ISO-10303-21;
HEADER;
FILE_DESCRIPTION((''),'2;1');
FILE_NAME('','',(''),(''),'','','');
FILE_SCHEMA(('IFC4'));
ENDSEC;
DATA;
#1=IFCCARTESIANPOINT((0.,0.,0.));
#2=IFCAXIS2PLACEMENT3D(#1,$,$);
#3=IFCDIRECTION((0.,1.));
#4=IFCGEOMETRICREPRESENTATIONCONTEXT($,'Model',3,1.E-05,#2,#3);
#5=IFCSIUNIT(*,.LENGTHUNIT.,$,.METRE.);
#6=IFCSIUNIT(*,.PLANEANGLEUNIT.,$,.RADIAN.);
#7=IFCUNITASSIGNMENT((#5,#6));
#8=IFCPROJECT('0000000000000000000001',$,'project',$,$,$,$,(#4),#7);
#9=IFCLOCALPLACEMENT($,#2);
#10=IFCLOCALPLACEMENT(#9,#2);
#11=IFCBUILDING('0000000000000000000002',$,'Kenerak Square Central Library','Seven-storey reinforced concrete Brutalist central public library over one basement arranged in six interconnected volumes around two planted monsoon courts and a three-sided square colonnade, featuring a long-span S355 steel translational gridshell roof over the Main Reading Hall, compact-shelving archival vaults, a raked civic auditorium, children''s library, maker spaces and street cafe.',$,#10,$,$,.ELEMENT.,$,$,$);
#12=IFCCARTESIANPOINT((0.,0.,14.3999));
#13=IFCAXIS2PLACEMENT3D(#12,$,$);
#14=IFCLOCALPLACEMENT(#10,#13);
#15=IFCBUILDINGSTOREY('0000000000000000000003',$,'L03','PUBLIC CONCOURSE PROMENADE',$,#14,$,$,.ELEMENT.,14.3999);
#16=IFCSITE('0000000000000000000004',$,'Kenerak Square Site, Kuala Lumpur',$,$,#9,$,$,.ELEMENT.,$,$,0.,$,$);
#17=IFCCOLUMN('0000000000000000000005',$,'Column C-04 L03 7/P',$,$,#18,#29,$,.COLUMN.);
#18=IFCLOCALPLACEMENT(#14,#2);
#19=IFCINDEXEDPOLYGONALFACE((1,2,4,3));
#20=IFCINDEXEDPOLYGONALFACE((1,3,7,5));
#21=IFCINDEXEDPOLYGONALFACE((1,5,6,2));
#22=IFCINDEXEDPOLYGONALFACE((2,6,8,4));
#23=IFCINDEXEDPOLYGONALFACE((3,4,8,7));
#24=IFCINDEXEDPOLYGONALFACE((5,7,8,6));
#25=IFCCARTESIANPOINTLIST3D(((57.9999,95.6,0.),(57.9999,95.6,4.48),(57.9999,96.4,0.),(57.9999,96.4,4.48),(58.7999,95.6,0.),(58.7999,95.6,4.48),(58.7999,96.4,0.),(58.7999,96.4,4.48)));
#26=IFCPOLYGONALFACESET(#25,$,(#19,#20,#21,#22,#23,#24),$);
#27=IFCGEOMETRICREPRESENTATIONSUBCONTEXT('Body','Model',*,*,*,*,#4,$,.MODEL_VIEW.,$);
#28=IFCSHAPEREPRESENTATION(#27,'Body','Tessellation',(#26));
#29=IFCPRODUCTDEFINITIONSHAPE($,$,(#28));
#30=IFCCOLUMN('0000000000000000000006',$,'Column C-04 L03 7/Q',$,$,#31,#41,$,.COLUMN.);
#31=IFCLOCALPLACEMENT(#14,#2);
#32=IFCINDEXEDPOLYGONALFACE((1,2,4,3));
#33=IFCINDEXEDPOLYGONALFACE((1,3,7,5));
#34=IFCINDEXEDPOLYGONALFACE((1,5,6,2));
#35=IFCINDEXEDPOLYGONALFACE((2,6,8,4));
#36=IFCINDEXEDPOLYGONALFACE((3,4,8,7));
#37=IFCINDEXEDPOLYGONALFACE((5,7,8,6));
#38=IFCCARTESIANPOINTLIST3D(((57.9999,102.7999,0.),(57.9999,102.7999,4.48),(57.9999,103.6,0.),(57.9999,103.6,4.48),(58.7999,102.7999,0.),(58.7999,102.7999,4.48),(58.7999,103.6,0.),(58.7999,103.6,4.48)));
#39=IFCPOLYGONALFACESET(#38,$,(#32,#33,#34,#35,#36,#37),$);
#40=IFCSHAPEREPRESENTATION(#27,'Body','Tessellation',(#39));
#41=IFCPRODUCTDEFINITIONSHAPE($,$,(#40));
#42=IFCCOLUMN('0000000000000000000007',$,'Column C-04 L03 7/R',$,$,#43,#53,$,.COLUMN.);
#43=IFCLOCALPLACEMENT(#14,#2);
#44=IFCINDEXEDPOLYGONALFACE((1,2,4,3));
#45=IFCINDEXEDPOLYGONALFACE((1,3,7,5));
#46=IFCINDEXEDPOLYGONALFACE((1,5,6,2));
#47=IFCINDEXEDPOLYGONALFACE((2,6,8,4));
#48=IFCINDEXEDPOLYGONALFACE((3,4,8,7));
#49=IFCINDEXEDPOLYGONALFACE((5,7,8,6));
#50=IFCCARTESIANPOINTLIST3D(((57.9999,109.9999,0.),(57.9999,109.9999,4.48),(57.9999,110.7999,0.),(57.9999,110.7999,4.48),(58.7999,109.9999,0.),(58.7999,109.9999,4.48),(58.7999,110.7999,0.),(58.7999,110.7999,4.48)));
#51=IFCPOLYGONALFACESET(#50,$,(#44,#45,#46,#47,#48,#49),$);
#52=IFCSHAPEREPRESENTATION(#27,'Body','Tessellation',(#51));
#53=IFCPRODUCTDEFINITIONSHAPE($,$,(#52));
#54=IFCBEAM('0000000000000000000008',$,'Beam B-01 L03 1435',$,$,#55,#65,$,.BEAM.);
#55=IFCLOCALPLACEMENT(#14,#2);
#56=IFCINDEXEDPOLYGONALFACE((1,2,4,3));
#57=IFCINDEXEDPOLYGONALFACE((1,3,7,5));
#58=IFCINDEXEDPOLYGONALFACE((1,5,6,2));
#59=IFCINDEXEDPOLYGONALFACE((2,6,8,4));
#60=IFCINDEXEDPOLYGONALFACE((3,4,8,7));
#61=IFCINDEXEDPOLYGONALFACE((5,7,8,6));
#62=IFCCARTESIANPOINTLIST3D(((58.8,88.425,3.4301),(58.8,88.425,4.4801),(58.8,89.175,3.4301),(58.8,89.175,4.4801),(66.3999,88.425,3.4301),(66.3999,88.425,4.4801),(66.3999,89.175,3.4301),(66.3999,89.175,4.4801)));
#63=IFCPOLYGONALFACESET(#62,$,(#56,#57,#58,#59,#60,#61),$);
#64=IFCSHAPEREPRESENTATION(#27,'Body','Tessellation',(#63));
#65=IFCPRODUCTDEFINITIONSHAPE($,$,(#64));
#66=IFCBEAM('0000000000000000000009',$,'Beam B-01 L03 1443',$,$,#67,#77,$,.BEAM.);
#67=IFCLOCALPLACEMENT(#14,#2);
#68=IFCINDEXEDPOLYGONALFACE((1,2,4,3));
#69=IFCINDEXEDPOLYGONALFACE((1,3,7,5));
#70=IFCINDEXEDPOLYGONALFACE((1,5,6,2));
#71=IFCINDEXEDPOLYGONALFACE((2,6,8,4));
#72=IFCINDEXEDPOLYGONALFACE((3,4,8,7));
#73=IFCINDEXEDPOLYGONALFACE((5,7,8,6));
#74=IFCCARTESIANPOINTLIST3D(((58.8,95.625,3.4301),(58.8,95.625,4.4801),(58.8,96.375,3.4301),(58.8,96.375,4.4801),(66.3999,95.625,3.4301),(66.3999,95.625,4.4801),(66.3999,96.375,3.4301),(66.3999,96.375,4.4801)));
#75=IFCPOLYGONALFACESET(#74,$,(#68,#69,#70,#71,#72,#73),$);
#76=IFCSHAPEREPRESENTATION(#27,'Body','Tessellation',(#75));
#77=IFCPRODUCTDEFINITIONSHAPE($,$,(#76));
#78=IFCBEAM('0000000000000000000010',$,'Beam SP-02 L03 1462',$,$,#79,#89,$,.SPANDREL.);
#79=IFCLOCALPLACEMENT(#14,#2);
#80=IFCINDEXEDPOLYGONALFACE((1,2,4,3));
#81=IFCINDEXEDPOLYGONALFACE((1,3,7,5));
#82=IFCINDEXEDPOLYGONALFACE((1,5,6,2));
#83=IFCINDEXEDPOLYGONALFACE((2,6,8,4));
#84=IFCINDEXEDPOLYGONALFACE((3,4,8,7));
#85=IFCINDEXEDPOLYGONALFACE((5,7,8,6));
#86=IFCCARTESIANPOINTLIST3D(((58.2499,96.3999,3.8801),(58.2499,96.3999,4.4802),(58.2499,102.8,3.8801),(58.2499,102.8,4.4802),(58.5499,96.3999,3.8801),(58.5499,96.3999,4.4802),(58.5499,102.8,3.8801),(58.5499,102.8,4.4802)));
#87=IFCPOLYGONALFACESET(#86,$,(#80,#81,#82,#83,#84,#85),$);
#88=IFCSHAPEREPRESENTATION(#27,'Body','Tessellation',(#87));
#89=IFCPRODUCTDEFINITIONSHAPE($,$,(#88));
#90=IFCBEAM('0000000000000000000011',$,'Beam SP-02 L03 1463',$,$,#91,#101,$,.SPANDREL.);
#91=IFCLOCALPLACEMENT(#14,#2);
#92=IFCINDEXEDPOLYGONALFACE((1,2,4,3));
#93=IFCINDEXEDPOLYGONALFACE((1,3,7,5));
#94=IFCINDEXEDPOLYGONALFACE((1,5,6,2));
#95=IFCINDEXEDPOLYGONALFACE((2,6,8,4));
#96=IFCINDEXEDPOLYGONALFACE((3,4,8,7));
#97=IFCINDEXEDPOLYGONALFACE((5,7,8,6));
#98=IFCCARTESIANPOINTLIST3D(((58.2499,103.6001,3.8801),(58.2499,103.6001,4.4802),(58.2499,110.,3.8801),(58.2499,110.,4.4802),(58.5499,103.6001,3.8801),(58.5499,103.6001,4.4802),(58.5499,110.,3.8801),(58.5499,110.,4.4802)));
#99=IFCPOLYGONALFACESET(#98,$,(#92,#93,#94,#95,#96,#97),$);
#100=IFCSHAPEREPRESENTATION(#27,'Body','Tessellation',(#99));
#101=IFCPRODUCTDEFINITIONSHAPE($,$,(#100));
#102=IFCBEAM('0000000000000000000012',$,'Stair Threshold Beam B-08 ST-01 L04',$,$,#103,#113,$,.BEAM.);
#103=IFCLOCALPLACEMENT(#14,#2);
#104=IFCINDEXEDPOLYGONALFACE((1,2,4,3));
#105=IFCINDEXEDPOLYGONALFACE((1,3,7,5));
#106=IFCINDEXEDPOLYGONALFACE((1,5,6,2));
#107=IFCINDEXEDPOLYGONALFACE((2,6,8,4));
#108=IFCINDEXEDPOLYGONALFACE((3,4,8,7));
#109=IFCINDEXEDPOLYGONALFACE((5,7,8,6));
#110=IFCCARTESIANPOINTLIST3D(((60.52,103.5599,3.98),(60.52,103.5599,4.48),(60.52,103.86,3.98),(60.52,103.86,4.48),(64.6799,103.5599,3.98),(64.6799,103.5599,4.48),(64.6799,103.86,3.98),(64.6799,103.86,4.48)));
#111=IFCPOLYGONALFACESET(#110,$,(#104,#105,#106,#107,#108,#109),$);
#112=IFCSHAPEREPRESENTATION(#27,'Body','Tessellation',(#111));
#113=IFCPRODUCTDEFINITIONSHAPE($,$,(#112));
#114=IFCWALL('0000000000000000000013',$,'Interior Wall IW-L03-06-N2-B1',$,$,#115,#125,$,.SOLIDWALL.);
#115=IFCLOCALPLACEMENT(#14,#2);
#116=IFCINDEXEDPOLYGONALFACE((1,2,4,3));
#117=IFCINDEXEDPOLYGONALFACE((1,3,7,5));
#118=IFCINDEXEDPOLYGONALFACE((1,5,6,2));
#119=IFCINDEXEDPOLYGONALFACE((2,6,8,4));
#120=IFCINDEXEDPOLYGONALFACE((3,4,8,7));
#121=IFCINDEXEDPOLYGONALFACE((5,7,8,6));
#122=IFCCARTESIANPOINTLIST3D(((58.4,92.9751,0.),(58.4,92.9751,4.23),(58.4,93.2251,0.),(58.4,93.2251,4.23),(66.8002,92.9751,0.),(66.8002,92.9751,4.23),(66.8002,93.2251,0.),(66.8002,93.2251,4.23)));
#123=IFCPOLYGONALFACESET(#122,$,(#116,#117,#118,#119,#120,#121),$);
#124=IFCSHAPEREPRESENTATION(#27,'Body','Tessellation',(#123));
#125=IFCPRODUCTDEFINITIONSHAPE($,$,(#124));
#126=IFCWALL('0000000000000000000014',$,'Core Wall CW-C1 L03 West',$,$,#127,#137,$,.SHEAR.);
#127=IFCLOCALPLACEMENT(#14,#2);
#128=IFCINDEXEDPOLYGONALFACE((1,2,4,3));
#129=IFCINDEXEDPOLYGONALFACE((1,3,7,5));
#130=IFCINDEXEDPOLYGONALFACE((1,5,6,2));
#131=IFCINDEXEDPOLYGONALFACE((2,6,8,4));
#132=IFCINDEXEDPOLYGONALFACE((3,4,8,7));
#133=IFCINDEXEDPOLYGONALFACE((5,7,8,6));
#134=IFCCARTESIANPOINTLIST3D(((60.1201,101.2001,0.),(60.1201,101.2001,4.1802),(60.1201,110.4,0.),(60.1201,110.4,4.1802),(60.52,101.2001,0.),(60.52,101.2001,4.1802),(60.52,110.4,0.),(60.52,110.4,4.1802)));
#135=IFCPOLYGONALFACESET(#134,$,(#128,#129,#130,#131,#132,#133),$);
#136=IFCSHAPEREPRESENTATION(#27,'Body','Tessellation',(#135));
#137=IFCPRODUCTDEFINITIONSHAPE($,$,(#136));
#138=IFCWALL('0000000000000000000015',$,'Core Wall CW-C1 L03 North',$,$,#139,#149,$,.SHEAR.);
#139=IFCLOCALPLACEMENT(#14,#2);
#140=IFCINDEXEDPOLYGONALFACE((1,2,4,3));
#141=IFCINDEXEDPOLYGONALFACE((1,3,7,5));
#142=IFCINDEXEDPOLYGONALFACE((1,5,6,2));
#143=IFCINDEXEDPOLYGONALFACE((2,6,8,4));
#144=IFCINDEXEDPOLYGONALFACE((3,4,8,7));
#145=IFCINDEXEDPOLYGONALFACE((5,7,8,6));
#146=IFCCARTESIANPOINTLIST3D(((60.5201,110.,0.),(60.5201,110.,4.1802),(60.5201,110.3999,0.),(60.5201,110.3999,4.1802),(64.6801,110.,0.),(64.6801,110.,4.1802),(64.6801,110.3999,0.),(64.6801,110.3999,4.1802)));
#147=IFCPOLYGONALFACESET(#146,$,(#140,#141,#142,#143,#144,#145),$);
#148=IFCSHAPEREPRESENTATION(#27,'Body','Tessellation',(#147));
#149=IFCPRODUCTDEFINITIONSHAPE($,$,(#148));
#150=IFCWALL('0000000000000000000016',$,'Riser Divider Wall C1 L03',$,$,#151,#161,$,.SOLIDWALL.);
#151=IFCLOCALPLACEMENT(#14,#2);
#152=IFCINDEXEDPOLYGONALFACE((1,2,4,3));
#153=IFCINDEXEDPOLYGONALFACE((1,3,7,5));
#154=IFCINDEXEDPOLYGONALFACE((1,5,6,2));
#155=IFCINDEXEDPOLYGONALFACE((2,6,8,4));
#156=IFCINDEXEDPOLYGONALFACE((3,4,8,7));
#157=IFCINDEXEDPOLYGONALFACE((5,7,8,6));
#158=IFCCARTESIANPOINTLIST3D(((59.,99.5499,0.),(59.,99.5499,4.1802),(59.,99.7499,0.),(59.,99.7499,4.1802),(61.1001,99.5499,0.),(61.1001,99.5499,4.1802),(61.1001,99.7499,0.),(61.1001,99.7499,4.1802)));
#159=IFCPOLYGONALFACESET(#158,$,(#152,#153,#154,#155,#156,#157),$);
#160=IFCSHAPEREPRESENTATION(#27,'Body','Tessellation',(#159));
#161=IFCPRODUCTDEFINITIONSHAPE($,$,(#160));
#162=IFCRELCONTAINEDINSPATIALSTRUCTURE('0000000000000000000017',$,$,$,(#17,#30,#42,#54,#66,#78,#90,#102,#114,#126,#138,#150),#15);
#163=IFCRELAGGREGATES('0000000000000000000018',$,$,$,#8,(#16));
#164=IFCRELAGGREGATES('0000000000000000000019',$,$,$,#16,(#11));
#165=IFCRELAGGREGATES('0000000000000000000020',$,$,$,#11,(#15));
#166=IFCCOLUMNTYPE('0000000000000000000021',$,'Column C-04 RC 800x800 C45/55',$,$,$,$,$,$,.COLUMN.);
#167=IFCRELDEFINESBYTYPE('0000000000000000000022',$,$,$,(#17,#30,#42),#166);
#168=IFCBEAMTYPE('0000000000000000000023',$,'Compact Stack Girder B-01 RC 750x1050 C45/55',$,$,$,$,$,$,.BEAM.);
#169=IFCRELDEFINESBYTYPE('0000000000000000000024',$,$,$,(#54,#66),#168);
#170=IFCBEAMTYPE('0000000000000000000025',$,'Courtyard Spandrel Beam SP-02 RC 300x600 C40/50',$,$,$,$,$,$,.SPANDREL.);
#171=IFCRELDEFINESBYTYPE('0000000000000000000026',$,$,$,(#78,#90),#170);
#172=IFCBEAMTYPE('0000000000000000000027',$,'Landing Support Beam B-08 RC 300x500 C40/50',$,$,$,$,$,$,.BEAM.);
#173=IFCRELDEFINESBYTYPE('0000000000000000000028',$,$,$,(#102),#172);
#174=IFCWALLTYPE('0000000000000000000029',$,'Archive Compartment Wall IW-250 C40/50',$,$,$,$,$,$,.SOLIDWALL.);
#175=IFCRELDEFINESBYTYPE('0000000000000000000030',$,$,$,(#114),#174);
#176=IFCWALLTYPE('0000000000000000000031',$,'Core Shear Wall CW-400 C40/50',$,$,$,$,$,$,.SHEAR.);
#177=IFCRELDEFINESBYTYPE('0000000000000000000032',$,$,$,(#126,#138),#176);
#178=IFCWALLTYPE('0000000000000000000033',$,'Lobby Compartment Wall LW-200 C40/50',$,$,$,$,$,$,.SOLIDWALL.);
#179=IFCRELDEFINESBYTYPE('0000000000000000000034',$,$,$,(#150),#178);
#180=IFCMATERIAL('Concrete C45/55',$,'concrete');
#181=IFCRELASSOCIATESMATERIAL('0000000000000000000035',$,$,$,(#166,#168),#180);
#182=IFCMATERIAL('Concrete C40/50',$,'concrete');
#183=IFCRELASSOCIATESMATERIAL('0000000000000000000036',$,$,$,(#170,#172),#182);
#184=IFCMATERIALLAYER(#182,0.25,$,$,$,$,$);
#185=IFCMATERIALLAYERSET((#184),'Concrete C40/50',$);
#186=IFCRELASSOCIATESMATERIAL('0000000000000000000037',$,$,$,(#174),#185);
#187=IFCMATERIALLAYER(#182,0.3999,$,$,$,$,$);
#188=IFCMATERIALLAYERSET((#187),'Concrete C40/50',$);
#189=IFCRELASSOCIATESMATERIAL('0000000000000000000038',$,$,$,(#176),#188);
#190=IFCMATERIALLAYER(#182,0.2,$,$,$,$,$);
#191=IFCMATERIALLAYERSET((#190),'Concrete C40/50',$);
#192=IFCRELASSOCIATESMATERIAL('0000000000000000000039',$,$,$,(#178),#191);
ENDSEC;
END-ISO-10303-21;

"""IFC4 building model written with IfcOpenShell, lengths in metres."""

from ifc_helpers import new_model, si_unit, direction, frame, frame_2d, origin, origin_2d, place, context, subcontext, project, spatial, rectangle, extrude, material, layer, layer_set, material_profile, profile_set, type_object, element, save


model = new_model("IFC4")

# Units and contexts
model_context = context("Model", 3, precision=1e-05, world=origin(), true_north=direction((0.0, 1.0)))
body_context = subcontext(model_context, "Body", "Model", "MODEL_VIEW")
ifc_project = project(units=[si_unit("LENGTHUNIT", "METRE"), si_unit("PLANEANGLEUNIT", "RADIAN")], contexts=[model_context])

# Site, building, storey
site_placement = place(None, origin())
site = spatial("IfcSite", under=ifc_project, at=site_placement, Name="Kenerak Square Site, Kuala Lumpur", CompositionType="ELEMENT", RefElevation=0.0)
building_placement = place(site_placement, origin())
building = spatial("IfcBuilding", under=site, at=building_placement, Name="Kenerak Square Central Library", Description="Seven-storey reinforced concrete Brutalist central public library over one basement arranged in six interconnected volumes around two planted monsoon courts and a three-sided square colonnade, featuring a long-span S355 steel translational gridshell roof over the Main Reading Hall, compact-shelving archival vaults, a raked civic auditorium, children's library, maker spaces and street cafe.", CompositionType="ELEMENT")
storey_placement = place(building_placement, frame((0.0, 0.0, 14.3999)))
storey = spatial("IfcBuildingStorey", under=building, at=storey_placement, Name="L03", Description="PUBLIC CONCOURSE PROMENADE", CompositionType="ELEMENT", Elevation=14.3999)

# Columns
ifc_material_1 = material(Name="Concrete C45/55", Category="concrete")
ifc_material_profile_1 = material_profile(ifc_material_1, rectangle(XDim=0.8, YDim=0.8, at=origin_2d()), Name="RC 800x800")
ifc_profile_set_1 = profile_set([ifc_material_profile_1], Name="Concrete C45/55")
column_type = type_object("IfcColumnType", Name="Column C-04 RC 800x800 C45/55", PredefinedType="COLUMN", material=ifc_profile_set_1)
for number, where, z_axis, x_axis, name in (
    (1, (58.3999, 96.0, 0.0), (0.0, 0.0, 1.0), (1.0, 0.0, 0.0), "Column C-04 L03 7/P"),
    (2, (58.3999, 103.2, 0.0), (0.0, 0.0, 1.0), (1.0, 0.0, 0.0), "Column C-04 L03 7/Q"),
    (3, (58.3999, 110.3999, 0.0), (0.0, 0.0, 1.0), (1.0, 0.0, 0.0), "Column C-04 L03 7/R"),
):
    element("IfcColumn", number, at=place(storey_placement, frame(where, z_axis=z_axis, x_axis=x_axis)), inside=storey, type_object=column_type, Name=name, PredefinedType="COLUMN", context=body_context, shape_type="SweptSolid", body=[
        extrude(rectangle(XDim=0.8, YDim=0.8, at=origin_2d()), origin(), (0.0, 0.0, 1.0), 4.48),
    ])

# Beams
ifc_material_profile_2 = material_profile(ifc_material_1, rectangle(XDim=0.75, YDim=1.05, at=origin_2d()), Name="RC 750x1050")
ifc_profile_set_2 = profile_set([ifc_material_profile_2], Name="Concrete C45/55")
beam_type_1 = type_object("IfcBeamType", Name="Compact Stack Girder B-01 RC 750x1050 C45/55", PredefinedType="BEAM", material=ifc_profile_set_2)
for number, where, z_axis, x_axis, name in (
    (4, (58.8, 88.8, 3.9551), (1.0, 0.0, 0.0), (0.0, 1.0, 0.0), "Beam B-01 L03 1435"),
    (5, (58.8, 96.0, 3.9551), (1.0, 0.0, 0.0), (0.0, 1.0, 0.0), "Beam B-01 L03 1443"),
):
    element("IfcBeam", number, at=place(storey_placement, frame(where, z_axis=z_axis, x_axis=x_axis)), inside=storey, type_object=beam_type_1, Name=name, PredefinedType="BEAM", context=body_context, shape_type="SweptSolid", body=[
        extrude(rectangle(XDim=0.75, YDim=1.05, at=origin_2d()), origin(), (0.0, 0.0, 1.0), 7.5999),
    ])
ifc_material_2 = material(Name="Concrete C40/50", Category="concrete")
ifc_material_profile_3 = material_profile(ifc_material_2, rectangle(XDim=0.3, YDim=0.6001, at=origin_2d()), Name="RC 300x600")
ifc_profile_set_3 = profile_set([ifc_material_profile_3], Name="Concrete C40/50")
beam_type_2 = type_object("IfcBeamType", Name="Courtyard Spandrel Beam SP-02 RC 300x600 C40/50", PredefinedType="SPANDREL", material=ifc_profile_set_3)
beam_1_placement = place(storey_placement, frame((58.3999, 96.3999, 4.1802), z_axis=(0.0, 1.0, 0.0), x_axis=(-1.0, 0.0, 0.0)))
element("IfcBeam", 6, at=beam_1_placement, inside=storey, type_object=beam_type_2, Name="Beam SP-02 L03 1462", PredefinedType="SPANDREL", context=body_context, shape_type="SweptSolid", body=[
    extrude(rectangle(XDim=0.3, YDim=0.6001, at=origin_2d()), origin(), (0.0, 0.0, 1.0), 6.4001),
])
beam_2_placement = place(storey_placement, frame((58.3999, 103.6001, 4.1802), z_axis=(0.0, 1.0, 0.0), x_axis=(-1.0, 0.0, 0.0)))
element("IfcBeam", 7, at=beam_2_placement, inside=storey, type_object=beam_type_2, Name="Beam SP-02 L03 1463", PredefinedType="SPANDREL", context=body_context, shape_type="SweptSolid", body=[
    extrude(rectangle(XDim=0.3, YDim=0.6001, at=origin_2d()), origin(), (0.0, 0.0, 1.0), 6.3999),
])
ifc_material_profile_4 = material_profile(ifc_material_2, rectangle(XDim=0.3, YDim=0.5, at=origin_2d()), Name="RC 300x500")
ifc_profile_set_4 = profile_set([ifc_material_profile_4], Name="Concrete C40/50")
beam_type_3 = type_object("IfcBeamType", Name="Landing Support Beam B-08 RC 300x500 C40/50", PredefinedType="BEAM", material=ifc_profile_set_4)
beam_3_placement = place(storey_placement, frame((60.52, 103.71, 4.23), z_axis=(1.0, 0.0, 0.0), x_axis=(0.0, 1.0, 0.0)))
element("IfcBeam", 8, at=beam_3_placement, inside=storey, type_object=beam_type_3, Name="Stair Threshold Beam B-08 ST-01 L04", PredefinedType="BEAM", context=body_context, shape_type="SweptSolid", body=[
    extrude(rectangle(XDim=0.3, YDim=0.5, at=origin_2d()), origin(), (0.0, 0.0, 1.0), 4.1599),
])

# Walls
ifc_layer_1 = layer(ifc_material_2, 0.25)
ifc_layer_set_1 = layer_set([ifc_layer_1], Name="Concrete C40/50")
wall_type_1 = type_object("IfcWallType", Name="Archive Compartment Wall IW-250 C40/50", PredefinedType="SOLIDWALL", material=ifc_layer_set_1)
wall_1_placement = place(storey_placement, frame((58.3999, 93.1001, 0.0), z_axis=(0.0, 0.0, 1.0), x_axis=(1.0, 0.0, 0.0)))
element("IfcWall", 9, at=wall_1_placement, inside=storey, type_object=wall_type_1, Name="Interior Wall IW-L03-06-N2-B1", PredefinedType="SOLIDWALL", context=body_context, shape_type="SweptSolid", body=[
    extrude(rectangle(XDim=8.4001, YDim=0.25, at=frame_2d((4.2002, 0.0))), origin(), (0.0, 0.0, 1.0), 4.23),
])
ifc_layer_2 = layer(ifc_material_2, 0.3999)
ifc_layer_set_2 = layer_set([ifc_layer_2], Name="Concrete C40/50")
wall_type_2 = type_object("IfcWallType", Name="Core Shear Wall CW-400 C40/50", PredefinedType="SHEAR", material=ifc_layer_set_2)
wall_2_placement = place(storey_placement, frame((60.3201, 101.2, 0.0), z_axis=(0.0, 0.0, 1.0), x_axis=(0.0, 1.0, 0.0)))
element("IfcWall", 10, at=wall_2_placement, inside=storey, type_object=wall_type_2, Name="Core Wall CW-C1 L03 West", PredefinedType="SHEAR", context=body_context, shape_type="SweptSolid", body=[
    extrude(rectangle(XDim=9.2, YDim=0.3999, at=frame_2d((4.6001, 0.0))), origin(), (0.0, 0.0, 1.0), 4.1802),
])
wall_3_placement = place(storey_placement, frame((60.52, 110.2, 0.0), z_axis=(0.0, 0.0, 1.0), x_axis=(1.0, 0.0, 0.0)))
element("IfcWall", 11, at=wall_3_placement, inside=storey, type_object=wall_type_2, Name="Core Wall CW-C1 L03 North", PredefinedType="SHEAR", context=body_context, shape_type="SweptSolid", body=[
    extrude(rectangle(XDim=4.1599, YDim=0.3999, at=frame_2d((2.0801, 0.0))), origin(), (0.0, 0.0, 1.0), 4.1802),
])
ifc_layer_3 = layer(ifc_material_2, 0.2)
ifc_layer_set_3 = layer_set([ifc_layer_3], Name="Concrete C40/50")
wall_type_3 = type_object("IfcWallType", Name="Lobby Compartment Wall LW-200 C40/50", PredefinedType="SOLIDWALL", material=ifc_layer_set_3)
wall_4_placement = place(storey_placement, frame((59.0, 99.6499, 0.0), z_axis=(0.0, 0.0, 1.0), x_axis=(1.0, 0.0, 0.0)))
element("IfcWall", 12, at=wall_4_placement, inside=storey, type_object=wall_type_3, Name="Riser Divider Wall C1 L03", PredefinedType="SOLIDWALL", context=body_context, shape_type="SweptSolid", body=[
    extrude(rectangle(XDim=2.1001, YDim=0.2, at=frame_2d((1.05, 0.0))), origin(), (0.0, 0.0, 1.0), 4.1802),
])

save(model, "model.ifc")
